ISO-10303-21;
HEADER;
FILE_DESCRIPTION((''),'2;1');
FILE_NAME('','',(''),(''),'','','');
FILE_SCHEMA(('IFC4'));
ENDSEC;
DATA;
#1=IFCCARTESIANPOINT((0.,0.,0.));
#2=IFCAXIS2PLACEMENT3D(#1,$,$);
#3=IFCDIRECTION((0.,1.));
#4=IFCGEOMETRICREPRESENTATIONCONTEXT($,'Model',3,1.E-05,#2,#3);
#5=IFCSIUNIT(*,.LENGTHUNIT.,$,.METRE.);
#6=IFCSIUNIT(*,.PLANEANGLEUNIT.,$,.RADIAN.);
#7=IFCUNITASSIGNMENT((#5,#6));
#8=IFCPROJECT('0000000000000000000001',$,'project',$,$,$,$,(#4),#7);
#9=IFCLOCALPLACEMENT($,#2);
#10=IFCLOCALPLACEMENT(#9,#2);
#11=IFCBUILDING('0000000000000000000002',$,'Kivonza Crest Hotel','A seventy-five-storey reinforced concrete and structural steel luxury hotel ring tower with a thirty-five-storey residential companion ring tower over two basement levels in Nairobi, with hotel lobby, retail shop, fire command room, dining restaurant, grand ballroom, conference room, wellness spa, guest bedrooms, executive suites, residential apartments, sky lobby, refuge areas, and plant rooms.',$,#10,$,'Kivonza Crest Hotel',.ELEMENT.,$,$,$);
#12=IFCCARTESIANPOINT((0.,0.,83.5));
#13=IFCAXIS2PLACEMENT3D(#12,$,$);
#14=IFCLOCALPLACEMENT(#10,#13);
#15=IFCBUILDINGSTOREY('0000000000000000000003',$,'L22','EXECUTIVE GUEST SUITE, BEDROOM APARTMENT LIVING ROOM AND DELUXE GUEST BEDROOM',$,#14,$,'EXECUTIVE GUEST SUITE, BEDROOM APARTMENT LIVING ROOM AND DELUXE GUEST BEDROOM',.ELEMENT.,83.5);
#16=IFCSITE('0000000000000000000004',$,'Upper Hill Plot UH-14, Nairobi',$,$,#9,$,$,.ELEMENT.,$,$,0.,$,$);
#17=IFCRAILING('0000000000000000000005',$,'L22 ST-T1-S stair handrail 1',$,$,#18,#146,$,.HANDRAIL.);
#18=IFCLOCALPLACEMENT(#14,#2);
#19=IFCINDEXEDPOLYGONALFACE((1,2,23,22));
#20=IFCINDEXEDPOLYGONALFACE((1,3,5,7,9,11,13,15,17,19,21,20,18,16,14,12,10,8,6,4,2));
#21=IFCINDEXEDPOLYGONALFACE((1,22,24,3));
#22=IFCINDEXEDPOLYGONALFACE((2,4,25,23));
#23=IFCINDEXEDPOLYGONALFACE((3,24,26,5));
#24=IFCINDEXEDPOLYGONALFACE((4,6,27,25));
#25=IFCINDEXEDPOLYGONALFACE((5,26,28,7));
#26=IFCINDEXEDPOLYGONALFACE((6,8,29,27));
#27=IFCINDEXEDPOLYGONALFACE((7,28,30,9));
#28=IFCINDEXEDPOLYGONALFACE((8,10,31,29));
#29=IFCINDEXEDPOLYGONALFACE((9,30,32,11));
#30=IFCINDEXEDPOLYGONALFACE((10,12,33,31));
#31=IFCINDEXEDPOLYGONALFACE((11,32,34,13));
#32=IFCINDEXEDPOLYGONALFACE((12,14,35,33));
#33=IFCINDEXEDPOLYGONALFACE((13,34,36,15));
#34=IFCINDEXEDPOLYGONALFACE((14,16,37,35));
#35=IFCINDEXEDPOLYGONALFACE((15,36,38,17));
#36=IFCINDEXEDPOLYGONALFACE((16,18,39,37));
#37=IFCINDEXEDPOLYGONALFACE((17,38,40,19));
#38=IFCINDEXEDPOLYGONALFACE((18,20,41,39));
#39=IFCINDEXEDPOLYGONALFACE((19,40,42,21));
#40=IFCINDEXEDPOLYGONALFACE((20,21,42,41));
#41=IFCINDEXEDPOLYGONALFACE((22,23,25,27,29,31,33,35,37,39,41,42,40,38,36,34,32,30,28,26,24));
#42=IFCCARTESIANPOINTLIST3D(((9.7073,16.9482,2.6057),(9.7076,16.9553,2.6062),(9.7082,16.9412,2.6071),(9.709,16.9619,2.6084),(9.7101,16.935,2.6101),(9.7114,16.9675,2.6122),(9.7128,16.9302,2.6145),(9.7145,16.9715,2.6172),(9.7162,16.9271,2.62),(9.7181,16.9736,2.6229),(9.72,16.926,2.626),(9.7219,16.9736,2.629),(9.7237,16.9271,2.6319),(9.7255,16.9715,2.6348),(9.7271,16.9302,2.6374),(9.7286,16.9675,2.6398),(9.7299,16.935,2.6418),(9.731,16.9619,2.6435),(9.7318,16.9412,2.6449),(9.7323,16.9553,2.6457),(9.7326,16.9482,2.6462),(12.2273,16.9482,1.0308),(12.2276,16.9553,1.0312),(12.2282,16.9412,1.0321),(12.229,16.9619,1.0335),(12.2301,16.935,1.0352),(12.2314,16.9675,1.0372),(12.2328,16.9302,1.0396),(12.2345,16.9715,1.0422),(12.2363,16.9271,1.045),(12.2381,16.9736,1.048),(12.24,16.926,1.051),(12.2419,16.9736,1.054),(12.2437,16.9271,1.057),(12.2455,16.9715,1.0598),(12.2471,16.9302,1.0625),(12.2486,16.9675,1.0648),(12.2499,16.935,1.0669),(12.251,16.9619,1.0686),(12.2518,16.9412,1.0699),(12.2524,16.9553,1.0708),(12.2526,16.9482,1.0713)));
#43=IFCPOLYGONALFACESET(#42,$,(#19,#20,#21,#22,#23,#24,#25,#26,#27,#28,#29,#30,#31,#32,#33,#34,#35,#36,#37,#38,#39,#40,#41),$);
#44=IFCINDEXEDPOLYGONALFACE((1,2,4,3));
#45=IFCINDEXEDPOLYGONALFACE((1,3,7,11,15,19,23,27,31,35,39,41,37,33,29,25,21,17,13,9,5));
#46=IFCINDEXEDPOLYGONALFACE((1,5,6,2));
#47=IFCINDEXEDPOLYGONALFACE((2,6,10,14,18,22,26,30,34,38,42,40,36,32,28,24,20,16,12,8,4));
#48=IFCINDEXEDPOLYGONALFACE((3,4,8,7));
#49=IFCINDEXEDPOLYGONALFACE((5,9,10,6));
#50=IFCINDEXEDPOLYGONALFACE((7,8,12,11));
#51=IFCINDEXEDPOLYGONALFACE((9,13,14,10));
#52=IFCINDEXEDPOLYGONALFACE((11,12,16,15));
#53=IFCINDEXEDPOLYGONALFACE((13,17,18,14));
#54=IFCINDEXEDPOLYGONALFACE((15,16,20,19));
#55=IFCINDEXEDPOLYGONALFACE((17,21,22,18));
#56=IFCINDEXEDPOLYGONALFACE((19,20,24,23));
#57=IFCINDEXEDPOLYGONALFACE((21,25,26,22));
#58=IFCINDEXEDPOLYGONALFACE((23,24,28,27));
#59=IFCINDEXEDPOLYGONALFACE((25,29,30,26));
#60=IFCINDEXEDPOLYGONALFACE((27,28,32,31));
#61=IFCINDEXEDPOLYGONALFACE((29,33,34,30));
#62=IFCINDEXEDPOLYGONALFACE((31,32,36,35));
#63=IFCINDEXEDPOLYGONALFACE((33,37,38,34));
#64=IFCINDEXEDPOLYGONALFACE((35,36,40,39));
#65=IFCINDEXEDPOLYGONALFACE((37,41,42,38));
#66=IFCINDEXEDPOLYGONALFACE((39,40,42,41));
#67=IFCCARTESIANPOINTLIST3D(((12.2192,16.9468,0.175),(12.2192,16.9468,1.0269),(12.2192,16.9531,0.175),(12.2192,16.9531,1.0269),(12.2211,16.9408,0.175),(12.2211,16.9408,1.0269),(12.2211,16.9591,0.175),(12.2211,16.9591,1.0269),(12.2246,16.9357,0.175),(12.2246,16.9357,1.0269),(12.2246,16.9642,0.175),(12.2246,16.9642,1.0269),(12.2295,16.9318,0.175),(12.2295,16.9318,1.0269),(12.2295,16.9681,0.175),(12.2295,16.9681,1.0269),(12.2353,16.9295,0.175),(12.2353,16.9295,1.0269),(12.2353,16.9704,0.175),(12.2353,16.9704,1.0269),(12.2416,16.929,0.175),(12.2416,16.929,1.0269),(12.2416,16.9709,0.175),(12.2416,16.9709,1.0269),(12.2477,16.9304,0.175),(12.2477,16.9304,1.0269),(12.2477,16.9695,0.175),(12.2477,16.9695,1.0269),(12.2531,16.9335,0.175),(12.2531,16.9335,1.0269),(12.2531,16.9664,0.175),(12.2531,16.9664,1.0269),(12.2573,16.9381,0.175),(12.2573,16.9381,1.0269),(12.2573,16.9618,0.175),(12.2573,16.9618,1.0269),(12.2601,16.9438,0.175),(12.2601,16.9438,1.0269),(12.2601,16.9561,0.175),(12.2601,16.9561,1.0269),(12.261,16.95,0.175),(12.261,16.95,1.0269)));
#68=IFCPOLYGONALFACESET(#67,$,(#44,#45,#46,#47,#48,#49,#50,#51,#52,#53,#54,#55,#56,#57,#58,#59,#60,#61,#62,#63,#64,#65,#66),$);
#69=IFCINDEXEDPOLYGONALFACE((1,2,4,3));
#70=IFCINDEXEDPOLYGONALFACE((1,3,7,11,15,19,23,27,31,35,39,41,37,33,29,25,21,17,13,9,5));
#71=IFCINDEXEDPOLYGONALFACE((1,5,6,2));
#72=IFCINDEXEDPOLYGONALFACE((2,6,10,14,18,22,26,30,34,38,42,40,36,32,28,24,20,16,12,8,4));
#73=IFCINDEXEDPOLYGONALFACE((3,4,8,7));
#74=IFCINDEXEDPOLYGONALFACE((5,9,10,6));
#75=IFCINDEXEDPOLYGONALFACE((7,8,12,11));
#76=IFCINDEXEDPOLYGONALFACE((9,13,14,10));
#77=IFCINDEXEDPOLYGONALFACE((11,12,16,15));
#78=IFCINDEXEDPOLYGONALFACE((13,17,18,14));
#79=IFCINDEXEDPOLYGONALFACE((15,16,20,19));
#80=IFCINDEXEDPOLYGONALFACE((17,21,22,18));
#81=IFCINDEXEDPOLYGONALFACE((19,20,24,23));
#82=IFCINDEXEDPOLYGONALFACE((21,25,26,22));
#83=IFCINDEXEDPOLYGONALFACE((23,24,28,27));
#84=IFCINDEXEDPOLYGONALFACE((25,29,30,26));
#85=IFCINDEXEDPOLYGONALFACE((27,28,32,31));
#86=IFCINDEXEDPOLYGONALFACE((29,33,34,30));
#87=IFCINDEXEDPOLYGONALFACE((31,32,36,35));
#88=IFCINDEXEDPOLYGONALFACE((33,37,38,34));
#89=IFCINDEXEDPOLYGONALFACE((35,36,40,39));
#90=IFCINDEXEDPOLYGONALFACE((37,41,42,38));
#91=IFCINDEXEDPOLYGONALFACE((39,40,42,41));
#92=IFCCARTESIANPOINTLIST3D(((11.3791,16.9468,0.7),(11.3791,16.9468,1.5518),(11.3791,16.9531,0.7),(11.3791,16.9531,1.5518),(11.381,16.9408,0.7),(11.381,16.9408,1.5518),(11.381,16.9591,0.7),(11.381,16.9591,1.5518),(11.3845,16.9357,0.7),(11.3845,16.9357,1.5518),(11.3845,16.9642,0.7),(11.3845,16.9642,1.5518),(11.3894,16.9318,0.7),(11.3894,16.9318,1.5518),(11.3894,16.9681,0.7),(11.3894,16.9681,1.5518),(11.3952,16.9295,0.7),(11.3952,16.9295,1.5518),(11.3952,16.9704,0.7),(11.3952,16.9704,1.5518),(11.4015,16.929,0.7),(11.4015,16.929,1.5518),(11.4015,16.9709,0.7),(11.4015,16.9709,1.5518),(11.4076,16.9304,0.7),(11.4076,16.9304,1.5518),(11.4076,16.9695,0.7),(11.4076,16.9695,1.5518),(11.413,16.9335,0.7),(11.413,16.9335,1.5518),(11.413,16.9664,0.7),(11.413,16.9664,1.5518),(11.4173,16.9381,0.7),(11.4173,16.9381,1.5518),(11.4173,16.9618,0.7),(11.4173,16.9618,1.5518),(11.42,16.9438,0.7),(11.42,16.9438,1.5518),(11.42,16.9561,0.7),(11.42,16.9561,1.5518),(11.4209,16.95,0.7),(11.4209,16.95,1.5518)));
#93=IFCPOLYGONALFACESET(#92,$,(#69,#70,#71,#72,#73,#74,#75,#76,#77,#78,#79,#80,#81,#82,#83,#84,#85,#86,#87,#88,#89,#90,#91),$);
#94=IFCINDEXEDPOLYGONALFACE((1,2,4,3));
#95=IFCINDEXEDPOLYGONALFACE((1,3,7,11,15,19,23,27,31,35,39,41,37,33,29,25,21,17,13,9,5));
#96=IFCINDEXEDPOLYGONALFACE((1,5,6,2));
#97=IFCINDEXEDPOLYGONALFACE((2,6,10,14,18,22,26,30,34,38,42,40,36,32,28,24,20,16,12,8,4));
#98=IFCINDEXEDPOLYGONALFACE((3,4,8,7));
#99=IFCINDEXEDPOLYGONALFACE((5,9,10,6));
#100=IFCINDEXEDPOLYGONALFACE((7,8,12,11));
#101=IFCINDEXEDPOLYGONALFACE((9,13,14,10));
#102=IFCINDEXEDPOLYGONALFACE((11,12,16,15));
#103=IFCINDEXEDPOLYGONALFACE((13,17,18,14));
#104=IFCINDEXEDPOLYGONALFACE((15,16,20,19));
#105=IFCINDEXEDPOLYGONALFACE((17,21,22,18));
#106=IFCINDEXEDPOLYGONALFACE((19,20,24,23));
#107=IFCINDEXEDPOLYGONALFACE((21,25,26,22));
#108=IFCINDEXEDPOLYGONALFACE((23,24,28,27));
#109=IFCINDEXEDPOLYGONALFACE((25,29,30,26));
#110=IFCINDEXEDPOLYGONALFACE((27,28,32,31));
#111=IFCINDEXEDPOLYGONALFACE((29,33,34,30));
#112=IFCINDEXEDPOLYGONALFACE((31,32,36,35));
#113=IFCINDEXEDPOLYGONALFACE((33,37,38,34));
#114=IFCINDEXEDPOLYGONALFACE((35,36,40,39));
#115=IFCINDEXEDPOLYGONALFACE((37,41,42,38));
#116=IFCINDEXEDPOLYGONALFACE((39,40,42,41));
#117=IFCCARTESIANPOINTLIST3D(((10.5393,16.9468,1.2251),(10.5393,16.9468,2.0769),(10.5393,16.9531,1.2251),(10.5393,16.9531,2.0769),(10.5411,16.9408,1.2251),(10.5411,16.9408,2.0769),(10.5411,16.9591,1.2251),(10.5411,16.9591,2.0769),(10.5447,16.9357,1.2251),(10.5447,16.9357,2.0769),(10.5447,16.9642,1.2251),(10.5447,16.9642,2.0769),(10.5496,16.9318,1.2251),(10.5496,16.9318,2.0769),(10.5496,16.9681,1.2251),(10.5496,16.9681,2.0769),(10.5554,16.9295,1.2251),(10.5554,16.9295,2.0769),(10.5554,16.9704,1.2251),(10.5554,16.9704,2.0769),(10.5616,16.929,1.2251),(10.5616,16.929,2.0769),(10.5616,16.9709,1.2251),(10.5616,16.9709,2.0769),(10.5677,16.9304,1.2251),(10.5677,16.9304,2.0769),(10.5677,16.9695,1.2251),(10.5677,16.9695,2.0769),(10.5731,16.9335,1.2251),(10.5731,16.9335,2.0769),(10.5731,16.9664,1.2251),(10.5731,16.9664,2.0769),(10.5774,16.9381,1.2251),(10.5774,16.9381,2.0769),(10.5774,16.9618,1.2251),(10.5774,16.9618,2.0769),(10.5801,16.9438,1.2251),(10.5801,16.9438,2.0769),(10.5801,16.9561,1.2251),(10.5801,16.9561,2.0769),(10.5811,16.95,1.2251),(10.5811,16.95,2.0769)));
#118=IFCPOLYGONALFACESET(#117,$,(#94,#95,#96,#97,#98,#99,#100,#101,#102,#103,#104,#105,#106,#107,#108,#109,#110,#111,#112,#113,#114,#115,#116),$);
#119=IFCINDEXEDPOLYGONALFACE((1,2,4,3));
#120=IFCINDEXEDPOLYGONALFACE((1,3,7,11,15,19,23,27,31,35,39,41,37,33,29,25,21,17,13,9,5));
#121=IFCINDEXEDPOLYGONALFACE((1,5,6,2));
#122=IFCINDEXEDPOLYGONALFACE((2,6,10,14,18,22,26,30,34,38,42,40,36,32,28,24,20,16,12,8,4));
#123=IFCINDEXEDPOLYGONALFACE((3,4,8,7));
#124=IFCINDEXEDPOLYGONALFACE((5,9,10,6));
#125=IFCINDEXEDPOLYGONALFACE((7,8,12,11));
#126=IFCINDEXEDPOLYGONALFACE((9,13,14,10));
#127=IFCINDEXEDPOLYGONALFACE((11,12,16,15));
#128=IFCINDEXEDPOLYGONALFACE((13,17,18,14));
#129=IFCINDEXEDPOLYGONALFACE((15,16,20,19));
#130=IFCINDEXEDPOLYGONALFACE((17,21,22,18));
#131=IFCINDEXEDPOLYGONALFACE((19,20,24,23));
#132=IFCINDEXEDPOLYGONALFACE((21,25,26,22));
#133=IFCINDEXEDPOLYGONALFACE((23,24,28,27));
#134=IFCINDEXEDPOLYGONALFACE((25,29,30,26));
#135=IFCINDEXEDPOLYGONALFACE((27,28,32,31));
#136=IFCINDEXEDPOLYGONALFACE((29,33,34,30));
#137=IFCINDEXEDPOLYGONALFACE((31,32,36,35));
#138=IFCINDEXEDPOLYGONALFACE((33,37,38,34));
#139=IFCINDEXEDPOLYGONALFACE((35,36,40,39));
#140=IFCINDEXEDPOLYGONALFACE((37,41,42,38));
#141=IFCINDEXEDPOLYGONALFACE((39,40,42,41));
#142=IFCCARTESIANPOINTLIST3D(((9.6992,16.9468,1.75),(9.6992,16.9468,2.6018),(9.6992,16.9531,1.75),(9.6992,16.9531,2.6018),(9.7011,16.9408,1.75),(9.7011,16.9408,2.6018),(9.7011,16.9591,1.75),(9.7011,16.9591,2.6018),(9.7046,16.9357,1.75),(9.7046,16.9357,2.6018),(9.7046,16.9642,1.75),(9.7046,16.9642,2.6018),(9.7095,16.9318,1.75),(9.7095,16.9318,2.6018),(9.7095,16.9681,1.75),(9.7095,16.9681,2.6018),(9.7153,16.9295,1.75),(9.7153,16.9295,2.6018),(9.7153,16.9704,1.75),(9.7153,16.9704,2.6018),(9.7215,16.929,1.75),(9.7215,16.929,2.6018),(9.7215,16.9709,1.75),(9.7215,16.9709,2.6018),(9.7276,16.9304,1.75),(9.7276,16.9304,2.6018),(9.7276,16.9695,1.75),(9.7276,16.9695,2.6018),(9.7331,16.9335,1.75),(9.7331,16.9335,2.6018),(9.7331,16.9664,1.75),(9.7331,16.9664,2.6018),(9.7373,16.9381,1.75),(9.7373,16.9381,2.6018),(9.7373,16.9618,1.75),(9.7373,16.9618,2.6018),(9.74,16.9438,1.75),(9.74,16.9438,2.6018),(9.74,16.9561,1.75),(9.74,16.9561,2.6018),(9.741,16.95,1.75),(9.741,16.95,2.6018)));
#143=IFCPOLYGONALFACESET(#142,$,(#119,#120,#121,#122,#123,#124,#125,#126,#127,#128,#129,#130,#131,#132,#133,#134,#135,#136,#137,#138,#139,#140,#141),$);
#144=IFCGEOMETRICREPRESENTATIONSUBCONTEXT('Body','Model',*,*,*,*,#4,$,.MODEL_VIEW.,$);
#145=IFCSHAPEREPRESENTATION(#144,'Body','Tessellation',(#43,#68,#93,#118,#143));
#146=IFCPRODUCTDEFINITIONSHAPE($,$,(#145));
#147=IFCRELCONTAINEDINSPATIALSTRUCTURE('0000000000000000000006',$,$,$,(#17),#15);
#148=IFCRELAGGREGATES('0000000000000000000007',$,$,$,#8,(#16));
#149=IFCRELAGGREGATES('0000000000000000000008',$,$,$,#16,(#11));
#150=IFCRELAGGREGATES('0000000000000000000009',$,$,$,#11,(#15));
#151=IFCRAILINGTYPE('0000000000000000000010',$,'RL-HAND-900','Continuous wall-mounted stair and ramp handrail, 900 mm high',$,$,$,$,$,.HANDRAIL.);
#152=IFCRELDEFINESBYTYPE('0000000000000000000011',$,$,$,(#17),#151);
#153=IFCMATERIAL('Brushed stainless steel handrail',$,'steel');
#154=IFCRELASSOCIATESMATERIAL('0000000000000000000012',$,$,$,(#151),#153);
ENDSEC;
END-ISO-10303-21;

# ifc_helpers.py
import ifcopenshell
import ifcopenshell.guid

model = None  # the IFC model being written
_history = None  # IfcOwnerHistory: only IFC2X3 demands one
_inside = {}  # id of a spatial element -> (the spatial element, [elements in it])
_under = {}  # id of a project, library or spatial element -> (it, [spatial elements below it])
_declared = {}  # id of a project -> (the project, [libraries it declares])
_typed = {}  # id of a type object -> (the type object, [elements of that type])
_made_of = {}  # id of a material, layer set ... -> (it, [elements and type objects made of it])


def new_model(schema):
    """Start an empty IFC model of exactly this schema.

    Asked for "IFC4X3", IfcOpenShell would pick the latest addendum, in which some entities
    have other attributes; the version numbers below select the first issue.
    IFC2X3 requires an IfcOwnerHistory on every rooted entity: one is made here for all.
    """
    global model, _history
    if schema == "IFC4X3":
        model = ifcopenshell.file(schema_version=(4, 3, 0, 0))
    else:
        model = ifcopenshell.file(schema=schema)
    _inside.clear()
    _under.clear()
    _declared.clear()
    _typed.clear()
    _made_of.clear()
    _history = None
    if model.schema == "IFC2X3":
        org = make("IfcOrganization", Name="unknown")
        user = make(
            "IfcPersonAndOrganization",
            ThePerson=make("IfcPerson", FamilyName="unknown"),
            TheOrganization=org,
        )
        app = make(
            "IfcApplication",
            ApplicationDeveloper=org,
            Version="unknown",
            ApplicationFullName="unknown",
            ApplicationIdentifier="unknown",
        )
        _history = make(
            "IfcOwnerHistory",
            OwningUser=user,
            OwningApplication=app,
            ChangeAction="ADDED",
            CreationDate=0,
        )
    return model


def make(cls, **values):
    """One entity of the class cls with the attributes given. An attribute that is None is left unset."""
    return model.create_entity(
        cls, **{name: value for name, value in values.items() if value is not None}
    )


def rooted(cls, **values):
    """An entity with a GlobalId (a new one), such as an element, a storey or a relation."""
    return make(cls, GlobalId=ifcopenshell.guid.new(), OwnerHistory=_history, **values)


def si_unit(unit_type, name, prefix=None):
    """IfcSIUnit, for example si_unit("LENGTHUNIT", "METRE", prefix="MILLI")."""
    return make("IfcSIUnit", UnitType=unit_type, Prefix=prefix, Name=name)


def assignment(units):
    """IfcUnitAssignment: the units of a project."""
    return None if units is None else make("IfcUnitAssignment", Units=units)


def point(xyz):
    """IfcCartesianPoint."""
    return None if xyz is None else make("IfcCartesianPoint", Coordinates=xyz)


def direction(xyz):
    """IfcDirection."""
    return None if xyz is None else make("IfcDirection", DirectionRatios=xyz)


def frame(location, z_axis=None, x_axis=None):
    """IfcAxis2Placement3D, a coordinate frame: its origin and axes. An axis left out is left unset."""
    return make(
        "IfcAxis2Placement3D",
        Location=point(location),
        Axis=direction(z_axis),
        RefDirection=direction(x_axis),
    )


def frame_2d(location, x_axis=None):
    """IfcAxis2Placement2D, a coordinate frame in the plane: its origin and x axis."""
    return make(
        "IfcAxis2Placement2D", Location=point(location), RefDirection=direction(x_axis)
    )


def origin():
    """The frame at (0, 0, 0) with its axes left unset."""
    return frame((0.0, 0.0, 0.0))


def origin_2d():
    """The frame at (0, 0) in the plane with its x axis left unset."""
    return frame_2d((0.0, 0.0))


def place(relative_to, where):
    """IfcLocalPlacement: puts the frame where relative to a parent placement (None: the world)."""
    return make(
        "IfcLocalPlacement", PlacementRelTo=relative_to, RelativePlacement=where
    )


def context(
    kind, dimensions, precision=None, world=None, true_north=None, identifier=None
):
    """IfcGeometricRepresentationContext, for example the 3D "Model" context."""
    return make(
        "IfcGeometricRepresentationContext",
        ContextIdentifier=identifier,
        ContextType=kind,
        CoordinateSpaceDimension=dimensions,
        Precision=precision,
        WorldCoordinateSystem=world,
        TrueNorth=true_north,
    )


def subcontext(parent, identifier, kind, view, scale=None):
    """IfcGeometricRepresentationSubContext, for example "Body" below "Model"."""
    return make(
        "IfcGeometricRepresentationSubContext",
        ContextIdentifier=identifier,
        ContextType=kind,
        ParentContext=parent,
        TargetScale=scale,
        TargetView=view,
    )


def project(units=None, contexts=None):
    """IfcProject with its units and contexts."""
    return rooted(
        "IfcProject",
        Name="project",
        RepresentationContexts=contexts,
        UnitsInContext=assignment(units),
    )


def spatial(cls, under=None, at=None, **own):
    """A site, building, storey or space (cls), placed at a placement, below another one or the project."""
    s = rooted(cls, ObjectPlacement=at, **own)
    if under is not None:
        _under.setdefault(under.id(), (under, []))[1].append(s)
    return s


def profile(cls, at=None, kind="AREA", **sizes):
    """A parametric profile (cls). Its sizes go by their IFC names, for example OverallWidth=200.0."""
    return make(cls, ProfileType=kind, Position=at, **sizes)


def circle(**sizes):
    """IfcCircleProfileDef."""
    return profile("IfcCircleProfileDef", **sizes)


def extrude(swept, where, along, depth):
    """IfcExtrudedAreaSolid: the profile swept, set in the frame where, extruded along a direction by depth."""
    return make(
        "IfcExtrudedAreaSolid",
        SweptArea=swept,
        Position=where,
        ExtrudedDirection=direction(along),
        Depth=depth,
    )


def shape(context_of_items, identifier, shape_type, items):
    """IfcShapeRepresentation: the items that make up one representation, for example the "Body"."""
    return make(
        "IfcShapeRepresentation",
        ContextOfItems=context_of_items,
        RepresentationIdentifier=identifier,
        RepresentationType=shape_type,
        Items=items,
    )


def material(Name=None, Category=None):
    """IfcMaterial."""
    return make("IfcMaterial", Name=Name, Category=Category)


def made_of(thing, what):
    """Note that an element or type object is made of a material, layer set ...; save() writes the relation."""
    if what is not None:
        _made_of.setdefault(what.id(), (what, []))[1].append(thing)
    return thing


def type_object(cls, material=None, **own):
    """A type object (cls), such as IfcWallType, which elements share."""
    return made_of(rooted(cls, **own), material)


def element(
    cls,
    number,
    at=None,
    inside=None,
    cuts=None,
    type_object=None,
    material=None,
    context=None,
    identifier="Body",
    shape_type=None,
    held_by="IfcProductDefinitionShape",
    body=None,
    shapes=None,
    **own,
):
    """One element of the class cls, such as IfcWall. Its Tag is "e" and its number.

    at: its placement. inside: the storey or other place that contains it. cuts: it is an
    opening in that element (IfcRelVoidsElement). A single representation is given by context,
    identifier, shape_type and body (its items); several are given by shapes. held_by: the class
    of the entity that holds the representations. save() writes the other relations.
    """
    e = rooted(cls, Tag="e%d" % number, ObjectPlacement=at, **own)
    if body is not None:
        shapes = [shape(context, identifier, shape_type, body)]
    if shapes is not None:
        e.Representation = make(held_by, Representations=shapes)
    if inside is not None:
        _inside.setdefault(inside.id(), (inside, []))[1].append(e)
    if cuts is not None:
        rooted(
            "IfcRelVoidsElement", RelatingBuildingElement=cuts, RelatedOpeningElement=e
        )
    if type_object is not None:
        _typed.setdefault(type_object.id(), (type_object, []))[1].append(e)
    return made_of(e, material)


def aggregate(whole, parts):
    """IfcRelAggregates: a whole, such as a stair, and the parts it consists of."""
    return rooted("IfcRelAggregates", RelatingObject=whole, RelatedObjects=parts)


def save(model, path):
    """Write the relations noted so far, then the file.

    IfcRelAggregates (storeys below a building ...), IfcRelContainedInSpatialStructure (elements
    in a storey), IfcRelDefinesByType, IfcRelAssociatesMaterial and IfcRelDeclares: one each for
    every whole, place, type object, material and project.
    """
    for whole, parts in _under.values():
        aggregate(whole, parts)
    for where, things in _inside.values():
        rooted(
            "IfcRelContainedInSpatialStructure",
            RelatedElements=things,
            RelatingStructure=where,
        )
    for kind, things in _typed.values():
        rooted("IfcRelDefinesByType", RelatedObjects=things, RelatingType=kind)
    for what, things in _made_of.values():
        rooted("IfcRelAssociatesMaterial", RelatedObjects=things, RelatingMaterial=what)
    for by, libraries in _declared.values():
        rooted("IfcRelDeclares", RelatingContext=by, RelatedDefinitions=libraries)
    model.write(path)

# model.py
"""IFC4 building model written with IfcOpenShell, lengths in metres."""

from ifc_helpers import new_model, si_unit, direction, frame, origin, origin_2d, place, context, subcontext, project, spatial, circle, extrude, material, type_object, element, save


model = new_model("IFC4")

# Units and contexts
model_context = context("Model", 3, precision=1e-05, world=origin(), true_north=direction((0.0, 1.0)))
body_context = subcontext(model_context, "Body", "Model", "MODEL_VIEW")
ifc_project = project(units=[si_unit("LENGTHUNIT", "METRE"), si_unit("PLANEANGLEUNIT", "RADIAN")], contexts=[model_context])

# Site, building, storey
site_placement = place(None, origin())
site = spatial("IfcSite", under=ifc_project, at=site_placement, Name="Upper Hill Plot UH-14, Nairobi", CompositionType="ELEMENT", RefElevation=0.0)
building_placement = place(site_placement, origin())
building = spatial("IfcBuilding", under=site, at=building_placement, Name="Kivonza Crest Hotel", Description="A seventy-five-storey reinforced concrete and structural steel luxury hotel ring tower with a thirty-five-storey residential companion ring tower over two basement levels in Nairobi, with hotel lobby, retail shop, fire command room, dining restaurant, grand ballroom, conference room, wellness spa, guest bedrooms, executive suites, residential apartments, sky lobby, refuge areas, and plant rooms.", LongName="Kivonza Crest Hotel", CompositionType="ELEMENT")
storey_placement = place(building_placement, frame((0.0, 0.0, 83.5)))
storey = spatial("IfcBuildingStorey", under=building, at=storey_placement, Name="L22", Description="EXECUTIVE GUEST SUITE, BEDROOM APARTMENT LIVING ROOM AND DELUXE GUEST BEDROOM", LongName="EXECUTIVE GUEST SUITE, BEDROOM APARTMENT LIVING ROOM AND DELUXE GUEST BEDROOM", CompositionType="ELEMENT", Elevation=83.5)

# Railing
ifc_material_1 = material(Name="Brushed stainless steel handrail", Category="steel")
railing_type_1 = type_object("IfcRailingType", Name="RL-HAND-900", Description="Continuous wall-mounted stair and ramp handrail, 900 mm high", PredefinedType="HANDRAIL", material=ifc_material_1)
railing_1_placement = place(storey_placement, frame((12.24, 16.95, 0.175)))
element("IfcRailing", 1, at=railing_1_placement, inside=storey, type_object=railing_type_1, Name="L22 ST-T1-S stair handrail 1", PredefinedType="HANDRAIL", context=body_context, shape_type="SweptSolid", body=[
    extrude(circle(Radius=0.0239, at=origin_2d()), frame((0.0, 0.0, 0.876), z_axis=(-0.848008, 0.0, 0.529984), x_axis=(0.0, -1.0, 0.0)), (0.0, 0.0, 1.0), 2.9717),
    extrude(circle(Radius=0.021, at=origin_2d()), origin(), (0.0, 0.0, 1.0), 0.8518),
    extrude(circle(Radius=0.021, at=origin_2d()), frame((-0.8401, 0.0, 0.5249)), (0.0, 0.0, 1.0), 0.8518),
    extrude(circle(Radius=0.021, at=origin_2d()), frame((-1.6799, 0.0, 1.05)), (0.0, 0.0, 1.0), 0.8518),
    extrude(circle(Radius=0.021, at=origin_2d()), frame((-2.52, 0.0, 1.575)), (0.0, 0.0, 1.0), 0.8518),
])

save(model, "model.ifc")
